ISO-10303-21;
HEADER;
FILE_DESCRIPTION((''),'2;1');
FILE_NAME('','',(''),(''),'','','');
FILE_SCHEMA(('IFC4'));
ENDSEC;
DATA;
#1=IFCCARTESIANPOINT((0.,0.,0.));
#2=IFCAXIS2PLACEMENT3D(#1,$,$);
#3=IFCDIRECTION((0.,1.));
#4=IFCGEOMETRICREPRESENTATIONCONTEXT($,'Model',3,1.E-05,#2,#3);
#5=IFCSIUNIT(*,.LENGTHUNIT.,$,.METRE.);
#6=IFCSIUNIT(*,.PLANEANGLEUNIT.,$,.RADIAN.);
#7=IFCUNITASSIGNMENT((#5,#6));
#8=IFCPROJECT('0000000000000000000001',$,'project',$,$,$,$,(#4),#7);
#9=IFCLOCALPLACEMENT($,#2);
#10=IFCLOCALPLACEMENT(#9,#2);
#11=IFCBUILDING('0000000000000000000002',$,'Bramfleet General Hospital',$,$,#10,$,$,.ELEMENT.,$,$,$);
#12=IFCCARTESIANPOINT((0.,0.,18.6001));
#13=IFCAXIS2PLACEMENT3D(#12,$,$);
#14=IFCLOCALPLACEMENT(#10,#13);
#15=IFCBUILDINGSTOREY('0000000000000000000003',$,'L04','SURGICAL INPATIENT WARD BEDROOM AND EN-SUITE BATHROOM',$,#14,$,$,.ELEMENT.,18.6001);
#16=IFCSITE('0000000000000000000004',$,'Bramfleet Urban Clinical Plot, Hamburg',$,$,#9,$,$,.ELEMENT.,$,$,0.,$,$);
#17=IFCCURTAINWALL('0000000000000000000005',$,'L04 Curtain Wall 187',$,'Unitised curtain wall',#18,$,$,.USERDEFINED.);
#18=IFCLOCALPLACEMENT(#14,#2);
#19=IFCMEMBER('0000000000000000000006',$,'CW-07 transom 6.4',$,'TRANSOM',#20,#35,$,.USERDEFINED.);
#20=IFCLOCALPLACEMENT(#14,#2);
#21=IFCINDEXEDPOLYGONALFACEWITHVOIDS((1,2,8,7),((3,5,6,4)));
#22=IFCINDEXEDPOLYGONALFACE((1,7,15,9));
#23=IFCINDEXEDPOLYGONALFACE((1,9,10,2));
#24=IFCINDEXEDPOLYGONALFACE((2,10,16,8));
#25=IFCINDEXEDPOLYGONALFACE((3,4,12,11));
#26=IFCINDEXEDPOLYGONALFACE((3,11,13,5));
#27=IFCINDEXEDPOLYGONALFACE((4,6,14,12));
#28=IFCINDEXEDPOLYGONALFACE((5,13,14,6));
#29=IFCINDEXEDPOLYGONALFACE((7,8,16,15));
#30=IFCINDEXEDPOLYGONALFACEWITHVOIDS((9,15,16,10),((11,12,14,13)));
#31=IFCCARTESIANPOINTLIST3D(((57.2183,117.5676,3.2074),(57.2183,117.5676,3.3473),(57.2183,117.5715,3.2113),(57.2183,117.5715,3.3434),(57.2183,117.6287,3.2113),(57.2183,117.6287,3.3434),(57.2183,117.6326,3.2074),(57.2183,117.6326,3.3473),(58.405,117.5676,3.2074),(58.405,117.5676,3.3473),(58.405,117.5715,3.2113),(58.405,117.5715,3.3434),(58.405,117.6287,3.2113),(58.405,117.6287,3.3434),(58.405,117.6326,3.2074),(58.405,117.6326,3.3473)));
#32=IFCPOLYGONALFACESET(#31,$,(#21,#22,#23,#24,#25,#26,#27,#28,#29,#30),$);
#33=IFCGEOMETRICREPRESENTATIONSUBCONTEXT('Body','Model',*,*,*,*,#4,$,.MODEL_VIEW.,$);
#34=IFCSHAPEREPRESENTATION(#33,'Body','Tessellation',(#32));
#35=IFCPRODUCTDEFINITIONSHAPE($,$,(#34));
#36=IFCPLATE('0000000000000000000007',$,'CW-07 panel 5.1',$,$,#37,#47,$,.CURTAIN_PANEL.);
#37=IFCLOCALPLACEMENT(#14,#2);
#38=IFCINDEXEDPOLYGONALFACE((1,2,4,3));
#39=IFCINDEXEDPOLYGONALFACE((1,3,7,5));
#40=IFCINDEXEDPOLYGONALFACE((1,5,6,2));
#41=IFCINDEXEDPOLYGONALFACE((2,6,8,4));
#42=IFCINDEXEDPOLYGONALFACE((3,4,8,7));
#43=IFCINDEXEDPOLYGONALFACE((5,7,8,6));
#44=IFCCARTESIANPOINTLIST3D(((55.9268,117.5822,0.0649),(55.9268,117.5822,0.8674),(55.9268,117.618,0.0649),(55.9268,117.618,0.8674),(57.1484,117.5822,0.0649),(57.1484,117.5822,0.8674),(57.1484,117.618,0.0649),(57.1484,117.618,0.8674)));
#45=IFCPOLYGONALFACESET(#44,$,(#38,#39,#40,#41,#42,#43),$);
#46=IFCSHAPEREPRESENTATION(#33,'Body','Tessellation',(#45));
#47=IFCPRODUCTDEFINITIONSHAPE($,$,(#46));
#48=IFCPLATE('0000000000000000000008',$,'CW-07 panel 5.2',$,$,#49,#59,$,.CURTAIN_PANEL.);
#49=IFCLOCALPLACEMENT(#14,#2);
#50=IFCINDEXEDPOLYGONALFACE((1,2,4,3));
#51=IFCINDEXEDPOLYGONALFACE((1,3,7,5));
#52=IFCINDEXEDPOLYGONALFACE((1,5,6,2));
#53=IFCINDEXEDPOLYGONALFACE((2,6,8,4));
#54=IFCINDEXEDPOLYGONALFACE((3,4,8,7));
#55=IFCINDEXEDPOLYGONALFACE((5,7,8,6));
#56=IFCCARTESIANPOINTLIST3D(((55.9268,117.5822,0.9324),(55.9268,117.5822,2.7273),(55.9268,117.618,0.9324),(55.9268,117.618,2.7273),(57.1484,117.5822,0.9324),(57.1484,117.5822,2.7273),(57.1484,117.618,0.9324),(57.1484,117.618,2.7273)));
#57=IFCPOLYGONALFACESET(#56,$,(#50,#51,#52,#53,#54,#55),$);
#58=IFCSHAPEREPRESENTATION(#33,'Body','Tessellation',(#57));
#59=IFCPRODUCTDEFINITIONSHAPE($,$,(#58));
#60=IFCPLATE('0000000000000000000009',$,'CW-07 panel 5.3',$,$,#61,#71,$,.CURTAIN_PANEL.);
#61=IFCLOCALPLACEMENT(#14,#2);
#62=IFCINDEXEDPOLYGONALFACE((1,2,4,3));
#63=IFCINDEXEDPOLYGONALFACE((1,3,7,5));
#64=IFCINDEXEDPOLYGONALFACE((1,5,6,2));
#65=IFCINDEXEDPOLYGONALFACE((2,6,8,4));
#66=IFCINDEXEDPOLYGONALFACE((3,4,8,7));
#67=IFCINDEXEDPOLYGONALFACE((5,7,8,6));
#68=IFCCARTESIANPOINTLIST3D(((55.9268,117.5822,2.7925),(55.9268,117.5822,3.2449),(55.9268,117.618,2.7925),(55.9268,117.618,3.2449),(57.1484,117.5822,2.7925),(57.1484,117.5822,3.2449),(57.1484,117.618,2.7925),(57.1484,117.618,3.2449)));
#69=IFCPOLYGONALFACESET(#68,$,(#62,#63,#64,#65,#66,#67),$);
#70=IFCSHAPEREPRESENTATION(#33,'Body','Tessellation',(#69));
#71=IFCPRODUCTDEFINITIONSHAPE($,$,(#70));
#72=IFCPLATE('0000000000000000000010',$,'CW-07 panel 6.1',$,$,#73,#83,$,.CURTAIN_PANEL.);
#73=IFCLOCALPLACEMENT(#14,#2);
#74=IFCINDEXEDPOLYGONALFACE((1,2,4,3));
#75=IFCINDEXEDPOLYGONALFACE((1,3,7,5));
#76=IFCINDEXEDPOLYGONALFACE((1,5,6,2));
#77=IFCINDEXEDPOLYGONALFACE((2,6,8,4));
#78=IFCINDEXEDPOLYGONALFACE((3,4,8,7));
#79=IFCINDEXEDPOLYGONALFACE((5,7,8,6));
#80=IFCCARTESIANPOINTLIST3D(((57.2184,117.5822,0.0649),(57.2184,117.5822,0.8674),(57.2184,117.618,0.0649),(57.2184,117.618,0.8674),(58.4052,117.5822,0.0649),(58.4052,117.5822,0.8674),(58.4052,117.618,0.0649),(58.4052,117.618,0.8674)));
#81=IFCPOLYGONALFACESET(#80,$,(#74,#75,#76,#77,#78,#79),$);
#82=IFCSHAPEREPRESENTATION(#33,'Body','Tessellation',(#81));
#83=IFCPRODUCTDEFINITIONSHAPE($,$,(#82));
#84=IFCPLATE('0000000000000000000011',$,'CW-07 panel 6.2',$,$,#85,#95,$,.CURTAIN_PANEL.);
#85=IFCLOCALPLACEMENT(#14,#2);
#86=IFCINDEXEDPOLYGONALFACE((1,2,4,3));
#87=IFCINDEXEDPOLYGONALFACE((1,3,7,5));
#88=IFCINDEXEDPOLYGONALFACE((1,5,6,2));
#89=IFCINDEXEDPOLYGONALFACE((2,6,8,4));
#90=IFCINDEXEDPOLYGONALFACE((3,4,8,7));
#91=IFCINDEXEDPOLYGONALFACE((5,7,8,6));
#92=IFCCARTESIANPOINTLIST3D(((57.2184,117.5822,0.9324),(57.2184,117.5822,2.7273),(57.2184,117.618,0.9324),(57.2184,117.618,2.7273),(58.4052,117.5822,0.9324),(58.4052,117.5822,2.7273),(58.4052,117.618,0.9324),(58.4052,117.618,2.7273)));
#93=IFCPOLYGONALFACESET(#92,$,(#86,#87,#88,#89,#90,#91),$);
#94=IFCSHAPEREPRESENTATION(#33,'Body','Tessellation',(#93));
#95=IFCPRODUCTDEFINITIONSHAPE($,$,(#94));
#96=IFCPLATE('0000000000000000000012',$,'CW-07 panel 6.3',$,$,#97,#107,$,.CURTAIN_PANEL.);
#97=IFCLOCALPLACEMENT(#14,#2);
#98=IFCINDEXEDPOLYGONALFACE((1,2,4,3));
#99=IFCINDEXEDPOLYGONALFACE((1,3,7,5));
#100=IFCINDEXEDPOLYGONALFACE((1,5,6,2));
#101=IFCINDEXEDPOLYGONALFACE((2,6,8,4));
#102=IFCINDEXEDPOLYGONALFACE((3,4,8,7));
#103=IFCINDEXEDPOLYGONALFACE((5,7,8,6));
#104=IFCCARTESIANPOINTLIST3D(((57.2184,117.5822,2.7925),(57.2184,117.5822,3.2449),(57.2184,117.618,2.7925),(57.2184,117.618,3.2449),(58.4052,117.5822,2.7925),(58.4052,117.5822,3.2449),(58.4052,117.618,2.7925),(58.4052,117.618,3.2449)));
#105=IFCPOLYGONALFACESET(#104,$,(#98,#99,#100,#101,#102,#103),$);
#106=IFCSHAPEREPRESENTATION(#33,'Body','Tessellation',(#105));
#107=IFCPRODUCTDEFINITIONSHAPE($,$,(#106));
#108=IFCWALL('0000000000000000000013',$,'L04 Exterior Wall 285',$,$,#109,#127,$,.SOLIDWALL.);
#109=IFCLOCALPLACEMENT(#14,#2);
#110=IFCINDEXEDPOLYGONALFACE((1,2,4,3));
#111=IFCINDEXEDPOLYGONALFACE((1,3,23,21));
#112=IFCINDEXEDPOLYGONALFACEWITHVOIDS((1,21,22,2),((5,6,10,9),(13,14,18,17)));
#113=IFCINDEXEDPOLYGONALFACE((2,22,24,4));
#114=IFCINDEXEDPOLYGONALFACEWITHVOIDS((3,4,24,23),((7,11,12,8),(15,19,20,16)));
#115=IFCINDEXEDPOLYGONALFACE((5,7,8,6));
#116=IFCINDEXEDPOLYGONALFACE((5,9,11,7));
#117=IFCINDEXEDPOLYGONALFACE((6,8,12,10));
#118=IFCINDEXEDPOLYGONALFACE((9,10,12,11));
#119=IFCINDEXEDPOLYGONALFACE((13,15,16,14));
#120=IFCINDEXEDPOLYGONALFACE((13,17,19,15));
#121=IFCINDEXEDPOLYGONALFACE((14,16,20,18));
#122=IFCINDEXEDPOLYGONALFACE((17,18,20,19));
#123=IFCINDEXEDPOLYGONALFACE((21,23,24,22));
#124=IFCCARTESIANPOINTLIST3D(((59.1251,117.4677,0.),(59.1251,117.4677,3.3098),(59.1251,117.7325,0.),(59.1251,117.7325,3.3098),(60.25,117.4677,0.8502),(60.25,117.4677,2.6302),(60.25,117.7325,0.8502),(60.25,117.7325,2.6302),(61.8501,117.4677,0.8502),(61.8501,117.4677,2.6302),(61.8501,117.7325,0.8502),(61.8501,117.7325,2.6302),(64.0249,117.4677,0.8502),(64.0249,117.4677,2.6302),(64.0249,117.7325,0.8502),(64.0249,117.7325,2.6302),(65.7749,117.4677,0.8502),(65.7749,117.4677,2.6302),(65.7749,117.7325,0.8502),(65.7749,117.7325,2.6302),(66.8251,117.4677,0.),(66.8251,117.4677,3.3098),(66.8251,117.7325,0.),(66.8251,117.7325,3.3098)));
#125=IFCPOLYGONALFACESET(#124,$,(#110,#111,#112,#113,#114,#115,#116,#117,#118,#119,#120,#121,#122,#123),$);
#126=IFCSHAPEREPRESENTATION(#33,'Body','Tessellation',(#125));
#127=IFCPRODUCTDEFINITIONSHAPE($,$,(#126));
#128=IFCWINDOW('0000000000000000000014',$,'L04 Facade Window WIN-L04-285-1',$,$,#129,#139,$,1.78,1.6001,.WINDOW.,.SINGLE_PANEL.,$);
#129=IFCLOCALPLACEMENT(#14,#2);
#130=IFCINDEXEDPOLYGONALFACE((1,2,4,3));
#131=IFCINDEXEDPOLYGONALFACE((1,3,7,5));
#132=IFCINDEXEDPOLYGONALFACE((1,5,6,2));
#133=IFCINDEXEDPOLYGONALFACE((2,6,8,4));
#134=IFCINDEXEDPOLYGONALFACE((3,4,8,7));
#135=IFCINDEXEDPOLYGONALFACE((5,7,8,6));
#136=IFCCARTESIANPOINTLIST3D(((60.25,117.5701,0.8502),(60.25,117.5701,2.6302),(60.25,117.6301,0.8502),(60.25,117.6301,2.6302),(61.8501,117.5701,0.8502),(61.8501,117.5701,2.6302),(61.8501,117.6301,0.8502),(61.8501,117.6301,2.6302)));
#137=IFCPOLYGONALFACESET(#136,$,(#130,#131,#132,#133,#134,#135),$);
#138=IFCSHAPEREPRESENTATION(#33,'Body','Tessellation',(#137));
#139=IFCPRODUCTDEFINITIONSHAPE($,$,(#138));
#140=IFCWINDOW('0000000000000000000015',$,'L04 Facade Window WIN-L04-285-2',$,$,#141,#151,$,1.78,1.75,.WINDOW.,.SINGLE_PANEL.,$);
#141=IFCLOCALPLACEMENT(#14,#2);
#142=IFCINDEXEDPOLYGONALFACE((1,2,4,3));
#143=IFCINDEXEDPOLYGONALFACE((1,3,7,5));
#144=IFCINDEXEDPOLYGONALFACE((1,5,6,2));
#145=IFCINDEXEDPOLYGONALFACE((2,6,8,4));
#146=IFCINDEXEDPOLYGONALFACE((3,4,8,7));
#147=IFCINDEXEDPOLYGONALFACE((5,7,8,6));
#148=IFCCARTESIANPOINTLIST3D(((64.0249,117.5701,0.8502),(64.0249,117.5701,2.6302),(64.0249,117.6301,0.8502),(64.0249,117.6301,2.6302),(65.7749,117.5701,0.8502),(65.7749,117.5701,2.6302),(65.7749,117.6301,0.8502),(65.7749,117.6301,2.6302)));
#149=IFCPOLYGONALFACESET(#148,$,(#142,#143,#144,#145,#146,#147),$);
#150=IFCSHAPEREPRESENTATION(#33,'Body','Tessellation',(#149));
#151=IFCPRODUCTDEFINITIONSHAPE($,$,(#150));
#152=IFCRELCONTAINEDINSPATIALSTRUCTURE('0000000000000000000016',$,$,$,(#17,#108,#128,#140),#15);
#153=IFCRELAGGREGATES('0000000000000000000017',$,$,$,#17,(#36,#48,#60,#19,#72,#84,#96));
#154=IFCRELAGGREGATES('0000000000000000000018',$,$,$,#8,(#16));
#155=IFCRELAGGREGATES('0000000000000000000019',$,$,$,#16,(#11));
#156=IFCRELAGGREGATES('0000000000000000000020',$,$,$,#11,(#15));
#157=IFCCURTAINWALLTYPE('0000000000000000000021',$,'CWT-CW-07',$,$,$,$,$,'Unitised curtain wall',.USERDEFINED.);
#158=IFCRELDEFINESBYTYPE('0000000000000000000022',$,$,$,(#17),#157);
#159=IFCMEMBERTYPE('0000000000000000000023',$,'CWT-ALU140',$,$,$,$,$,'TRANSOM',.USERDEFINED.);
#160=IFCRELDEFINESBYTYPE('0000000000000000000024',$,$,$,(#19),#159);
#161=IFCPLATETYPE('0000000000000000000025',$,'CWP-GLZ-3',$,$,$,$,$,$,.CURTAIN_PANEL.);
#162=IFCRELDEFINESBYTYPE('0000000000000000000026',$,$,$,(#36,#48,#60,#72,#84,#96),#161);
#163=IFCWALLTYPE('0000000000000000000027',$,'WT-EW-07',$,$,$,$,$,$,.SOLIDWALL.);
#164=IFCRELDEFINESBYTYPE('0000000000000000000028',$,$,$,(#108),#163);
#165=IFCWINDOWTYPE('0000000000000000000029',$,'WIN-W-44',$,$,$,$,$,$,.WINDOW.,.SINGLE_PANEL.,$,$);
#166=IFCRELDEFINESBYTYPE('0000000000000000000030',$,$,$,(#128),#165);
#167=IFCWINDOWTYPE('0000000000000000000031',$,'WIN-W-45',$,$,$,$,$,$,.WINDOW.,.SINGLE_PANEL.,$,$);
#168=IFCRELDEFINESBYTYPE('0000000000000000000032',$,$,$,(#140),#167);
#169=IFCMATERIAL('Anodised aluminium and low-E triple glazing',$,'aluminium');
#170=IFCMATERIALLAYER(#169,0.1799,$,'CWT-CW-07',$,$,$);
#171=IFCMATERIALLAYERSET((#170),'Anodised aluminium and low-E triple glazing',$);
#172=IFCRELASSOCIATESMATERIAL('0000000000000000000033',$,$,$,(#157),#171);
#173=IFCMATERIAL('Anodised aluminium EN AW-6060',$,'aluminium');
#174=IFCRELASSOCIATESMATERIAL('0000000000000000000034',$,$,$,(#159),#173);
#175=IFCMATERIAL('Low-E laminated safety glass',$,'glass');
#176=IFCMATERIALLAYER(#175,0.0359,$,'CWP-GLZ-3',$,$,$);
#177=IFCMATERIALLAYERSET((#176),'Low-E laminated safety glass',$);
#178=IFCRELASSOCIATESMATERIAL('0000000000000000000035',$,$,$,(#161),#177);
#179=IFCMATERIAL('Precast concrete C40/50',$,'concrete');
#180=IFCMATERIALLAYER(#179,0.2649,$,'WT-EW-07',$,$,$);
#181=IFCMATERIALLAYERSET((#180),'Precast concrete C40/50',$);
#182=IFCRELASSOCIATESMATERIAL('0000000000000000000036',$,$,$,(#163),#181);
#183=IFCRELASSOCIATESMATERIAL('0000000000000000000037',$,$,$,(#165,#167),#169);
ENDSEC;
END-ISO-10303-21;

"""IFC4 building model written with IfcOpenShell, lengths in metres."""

from ifc_helpers import new_model, si_unit, direction, frame, frame_2d, origin, origin_2d, place, context, subcontext, project, spatial, rectangle, hollow_rectangle, extrude, material, layer, layer_set, material_profile, profile_set, type_object, element, fill, aggregate, save


model = new_model("IFC4")

# Units and contexts
model_context = context("Model", 3, precision=1e-05, world=origin(), true_north=direction((0.0, 1.0)))
body_context = subcontext(model_context, "Body", "Model", "MODEL_VIEW")
ifc_project = project(units=[si_unit("LENGTHUNIT", "METRE"), si_unit("PLANEANGLEUNIT", "RADIAN")], contexts=[model_context])

# Site, building, storey
site_placement = place(None, origin())
site = spatial("IfcSite", under=ifc_project, at=site_placement, Name="Bramfleet Urban Clinical Plot, Hamburg", CompositionType="ELEMENT", RefElevation=0.0)
building_placement = place(site_placement, origin())
building = spatial("IfcBuilding", under=site, at=building_placement, Name="Bramfleet General Hospital", CompositionType="ELEMENT")
storey_placement = place(building_placement, frame((0.0, 0.0, 18.6001)))
storey = spatial("IfcBuildingStorey", under=building, at=storey_placement, Name="L04", Description="SURGICAL INPATIENT WARD BEDROOM AND EN-SUITE BATHROOM", CompositionType="ELEMENT", Elevation=18.6001)

# Curtain wall, member, plates
ifc_material_1 = material(Name="Anodised aluminium and low-E triple glazing", Category="aluminium")
ifc_layer_1 = layer(ifc_material_1, 0.1799, Name="CWT-CW-07")
ifc_layer_set_1 = layer_set([ifc_layer_1], Name="Anodised aluminium and low-E triple glazing")
curtain_wall_type = type_object("IfcCurtainWallType", Name="CWT-CW-07", ElementType="Unitised curtain wall", PredefinedType="USERDEFINED", material=ifc_layer_set_1)
curtain_wall_placement = place(storey_placement, origin())
curtain_wall = element("IfcCurtainWall", 1, at=curtain_wall_placement, inside=storey, type_object=curtain_wall_type, Name="L04 Curtain Wall 187", ObjectType="Unitised curtain wall", PredefinedType="USERDEFINED")
ifc_material_2 = material(Name="Anodised aluminium EN AW-6060", Category="aluminium")
ifc_material_profile_1 = material_profile(ifc_material_2, hollow_rectangle(XDim=0.0649, YDim=0.1399, WallThickness=0.0039, at=origin_2d()), Name="ALU 140x65x4.0")
ifc_profile_set_1 = profile_set([ifc_material_profile_1], Name="Anodised aluminium EN AW-6060")
member_type_1 = type_object("IfcMemberType", Name="CWT-ALU140", ElementType="TRANSOM", PredefinedType="USERDEFINED", material=ifc_profile_set_1)
member_1_placement = place(storey_placement, frame((57.2183, 117.6001, 3.2773), z_axis=(1.0, 0.0, 0.0), x_axis=(0.0, 1.0, 0.0)))
member_1 = element("IfcMember", 2, at=member_1_placement, type_object=member_type_1, Name="CW-07 transom 6.4", ObjectType="TRANSOM", PredefinedType="USERDEFINED", context=body_context, shape_type="SweptSolid", body=[
    extrude(hollow_rectangle(XDim=0.0649, YDim=0.1399, WallThickness=0.0039, at=origin_2d()), origin(), (0.0, 0.0, 1.0), 1.1868),
])
ifc_material_3 = material(Name="Low-E laminated safety glass", Category="glass")
ifc_layer_2 = layer(ifc_material_3, 0.0359, Name="CWP-GLZ-3")
ifc_layer_set_2 = layer_set([ifc_layer_2], Name="Low-E laminated safety glass")
plate_type = type_object("IfcPlateType", Name="CWP-GLZ-3", PredefinedType="CURTAIN_PANEL", material=ifc_layer_set_2)
plate_1_placement = place(storey_placement, frame((56.5376, 117.6001, 0.0649), z_axis=(0.0, 0.0, 1.0), x_axis=(1.0, 0.0, 0.0)))
plate_1 = element("IfcPlate", 3, at=plate_1_placement, type_object=plate_type, Name="CW-07 panel 5.1", PredefinedType="CURTAIN_PANEL", context=body_context, shape_type="SweptSolid", body=[
    extrude(rectangle(XDim=1.2217, YDim=0.0359, at=origin_2d()), origin(), (0.0, 0.0, 1.0), 0.8025),
])
plate_2_placement = place(storey_placement, frame((56.5376, 117.6001, 0.9324), z_axis=(0.0, 0.0, 1.0), x_axis=(1.0, 0.0, 0.0)))
plate_2 = element("IfcPlate", 4, at=plate_2_placement, type_object=plate_type, Name="CW-07 panel 5.2", PredefinedType="CURTAIN_PANEL", context=body_context, shape_type="SweptSolid", body=[
    extrude(rectangle(XDim=1.2217, YDim=0.0359, at=origin_2d()), origin(), (0.0, 0.0, 1.0), 1.7949),
])
plate_3_placement = place(storey_placement, frame((56.5376, 117.6001, 2.7925), z_axis=(0.0, 0.0, 1.0), x_axis=(1.0, 0.0, 0.0)))
plate_3 = element("IfcPlate", 5, at=plate_3_placement, type_object=plate_type, Name="CW-07 panel 5.3", PredefinedType="CURTAIN_PANEL", context=body_context, shape_type="SweptSolid", body=[
    extrude(rectangle(XDim=1.2217, YDim=0.0359, at=origin_2d()), origin(), (0.0, 0.0, 1.0), 0.4524),
])
plate_4_placement = place(storey_placement, frame((57.8118, 117.6001, 0.0649), z_axis=(0.0, 0.0, 1.0), x_axis=(1.0, 0.0, 0.0)))
plate_4 = element("IfcPlate", 6, at=plate_4_placement, type_object=plate_type, Name="CW-07 panel 6.1", PredefinedType="CURTAIN_PANEL", context=body_context, shape_type="SweptSolid", body=[
    extrude(rectangle(XDim=1.1868, YDim=0.0359, at=origin_2d()), origin(), (0.0, 0.0, 1.0), 0.8025),
])
plate_5_placement = place(storey_placement, frame((57.8118, 117.6001, 0.9324), z_axis=(0.0, 0.0, 1.0), x_axis=(1.0, 0.0, 0.0)))
plate_5 = element("IfcPlate", 7, at=plate_5_placement, type_object=plate_type, Name="CW-07 panel 6.2", PredefinedType="CURTAIN_PANEL", context=body_context, shape_type="SweptSolid", body=[
    extrude(rectangle(XDim=1.1868, YDim=0.0359, at=origin_2d()), origin(), (0.0, 0.0, 1.0), 1.7949),
])
plate_6_placement = place(storey_placement, frame((57.8118, 117.6001, 2.7925), z_axis=(0.0, 0.0, 1.0), x_axis=(1.0, 0.0, 0.0)))
plate_6 = element("IfcPlate", 8, at=plate_6_placement, type_object=plate_type, Name="CW-07 panel 6.3", PredefinedType="CURTAIN_PANEL", context=body_context, shape_type="SweptSolid", body=[
    extrude(rectangle(XDim=1.1868, YDim=0.0359, at=origin_2d()), origin(), (0.0, 0.0, 1.0), 0.4524),
])
aggregate(curtain_wall, [plate_1, plate_2, plate_3, member_1, plate_4, plate_5, plate_6])

# Wall, openings, windows
ifc_material_4 = material(Name="Precast concrete C40/50", Category="concrete")
ifc_layer_3 = layer(ifc_material_4, 0.2649, Name="WT-EW-07")
ifc_layer_set_3 = layer_set([ifc_layer_3], Name="Precast concrete C40/50")
wall_type_1 = type_object("IfcWallType", Name="WT-EW-07", PredefinedType="SOLIDWALL", material=ifc_layer_set_3)
wall_1_placement = place(storey_placement, frame((59.125, 117.6001, 0.0), z_axis=(0.0, 0.0, 1.0), x_axis=(1.0, 0.0, 0.0)))
wall_1 = element("IfcWall", 9, at=wall_1_placement, inside=storey, type_object=wall_type_1, Name="L04 Exterior Wall 285", PredefinedType="SOLIDWALL", context=body_context, shape_type="SweptSolid", body=[
    extrude(rectangle(XDim=7.7, YDim=0.2649, at=frame_2d((3.8501, 0.0))), origin(), (0.0, 0.0, 1.0), 3.3098),
])
opening_1_placement = place(wall_1_placement, frame((1.125, 0.0, 0.8501)))
opening_1 = element("IfcOpeningElement", 10, at=opening_1_placement, cuts=wall_1, PredefinedType="OPENING", context=body_context, shape_type="SweptSolid", body=[
    extrude(rectangle(XDim=1.6001, YDim=1.78, at=frame_2d((0.8, 0.8901))), frame((0.0, 0.1423, 0.0), z_axis=(0.0, -1.0, 0.0), x_axis=(1.0, 0.0, 0.0)), (0.0, 0.0, 1.0), 0.2849),
])
opening_2_placement = place(wall_1_placement, frame((4.8999, 0.0, 0.8501)))
opening_2 = element("IfcOpeningElement", 11, at=opening_2_placement, cuts=wall_1, PredefinedType="OPENING", context=body_context, shape_type="SweptSolid", body=[
    extrude(rectangle(XDim=1.75, YDim=1.78, at=frame_2d((0.875, 0.8901))), frame((0.0, 0.1423, 0.0), z_axis=(0.0, -1.0, 0.0), x_axis=(1.0, 0.0, 0.0)), (0.0, 0.0, 1.0), 0.2849),
])
window_type_1 = type_object("IfcWindowType", Name="WIN-W-44", PartitioningType="SINGLE_PANEL", PredefinedType="WINDOW", material=ifc_material_1)
window_1_placement = place(opening_1_placement, origin())
window_1 = element("IfcWindow", 12, at=window_1_placement, inside=storey, type_object=window_type_1, Name="L04 Facade Window WIN-L04-285-1", OverallHeight=1.78, OverallWidth=1.6001, PartitioningType="SINGLE_PANEL", PredefinedType="WINDOW", context=body_context, shape_type="SweptSolid", body=[
    extrude(rectangle(XDim=1.6001, YDim=1.78, at=frame_2d((0.8, 0.8901))), frame((0.0, 0.03, 0.0), z_axis=(0.0, -1.0, 0.0), x_axis=(1.0, 0.0, 0.0)), (0.0, 0.0, 1.0), 0.0601),
])
fill(opening_1, window_1)
window_type_2 = type_object("IfcWindowType", Name="WIN-W-45", PartitioningType="SINGLE_PANEL", PredefinedType="WINDOW", material=ifc_material_1)
window_2_placement = place(opening_2_placement, origin())
window_2 = element("IfcWindow", 13, at=window_2_placement, inside=storey, type_object=window_type_2, Name="L04 Facade Window WIN-L04-285-2", OverallHeight=1.78, OverallWidth=1.75, PartitioningType="SINGLE_PANEL", PredefinedType="WINDOW", context=body_context, shape_type="SweptSolid", body=[
    extrude(rectangle(XDim=1.75, YDim=1.78, at=frame_2d((0.875, 0.8901))), frame((0.0, 0.03, 0.0), z_axis=(0.0, -1.0, 0.0), x_axis=(1.0, 0.0, 0.0)), (0.0, 0.0, 1.0), 0.0601),
])
fill(opening_2, window_2)

save(model, "model.ifc")
